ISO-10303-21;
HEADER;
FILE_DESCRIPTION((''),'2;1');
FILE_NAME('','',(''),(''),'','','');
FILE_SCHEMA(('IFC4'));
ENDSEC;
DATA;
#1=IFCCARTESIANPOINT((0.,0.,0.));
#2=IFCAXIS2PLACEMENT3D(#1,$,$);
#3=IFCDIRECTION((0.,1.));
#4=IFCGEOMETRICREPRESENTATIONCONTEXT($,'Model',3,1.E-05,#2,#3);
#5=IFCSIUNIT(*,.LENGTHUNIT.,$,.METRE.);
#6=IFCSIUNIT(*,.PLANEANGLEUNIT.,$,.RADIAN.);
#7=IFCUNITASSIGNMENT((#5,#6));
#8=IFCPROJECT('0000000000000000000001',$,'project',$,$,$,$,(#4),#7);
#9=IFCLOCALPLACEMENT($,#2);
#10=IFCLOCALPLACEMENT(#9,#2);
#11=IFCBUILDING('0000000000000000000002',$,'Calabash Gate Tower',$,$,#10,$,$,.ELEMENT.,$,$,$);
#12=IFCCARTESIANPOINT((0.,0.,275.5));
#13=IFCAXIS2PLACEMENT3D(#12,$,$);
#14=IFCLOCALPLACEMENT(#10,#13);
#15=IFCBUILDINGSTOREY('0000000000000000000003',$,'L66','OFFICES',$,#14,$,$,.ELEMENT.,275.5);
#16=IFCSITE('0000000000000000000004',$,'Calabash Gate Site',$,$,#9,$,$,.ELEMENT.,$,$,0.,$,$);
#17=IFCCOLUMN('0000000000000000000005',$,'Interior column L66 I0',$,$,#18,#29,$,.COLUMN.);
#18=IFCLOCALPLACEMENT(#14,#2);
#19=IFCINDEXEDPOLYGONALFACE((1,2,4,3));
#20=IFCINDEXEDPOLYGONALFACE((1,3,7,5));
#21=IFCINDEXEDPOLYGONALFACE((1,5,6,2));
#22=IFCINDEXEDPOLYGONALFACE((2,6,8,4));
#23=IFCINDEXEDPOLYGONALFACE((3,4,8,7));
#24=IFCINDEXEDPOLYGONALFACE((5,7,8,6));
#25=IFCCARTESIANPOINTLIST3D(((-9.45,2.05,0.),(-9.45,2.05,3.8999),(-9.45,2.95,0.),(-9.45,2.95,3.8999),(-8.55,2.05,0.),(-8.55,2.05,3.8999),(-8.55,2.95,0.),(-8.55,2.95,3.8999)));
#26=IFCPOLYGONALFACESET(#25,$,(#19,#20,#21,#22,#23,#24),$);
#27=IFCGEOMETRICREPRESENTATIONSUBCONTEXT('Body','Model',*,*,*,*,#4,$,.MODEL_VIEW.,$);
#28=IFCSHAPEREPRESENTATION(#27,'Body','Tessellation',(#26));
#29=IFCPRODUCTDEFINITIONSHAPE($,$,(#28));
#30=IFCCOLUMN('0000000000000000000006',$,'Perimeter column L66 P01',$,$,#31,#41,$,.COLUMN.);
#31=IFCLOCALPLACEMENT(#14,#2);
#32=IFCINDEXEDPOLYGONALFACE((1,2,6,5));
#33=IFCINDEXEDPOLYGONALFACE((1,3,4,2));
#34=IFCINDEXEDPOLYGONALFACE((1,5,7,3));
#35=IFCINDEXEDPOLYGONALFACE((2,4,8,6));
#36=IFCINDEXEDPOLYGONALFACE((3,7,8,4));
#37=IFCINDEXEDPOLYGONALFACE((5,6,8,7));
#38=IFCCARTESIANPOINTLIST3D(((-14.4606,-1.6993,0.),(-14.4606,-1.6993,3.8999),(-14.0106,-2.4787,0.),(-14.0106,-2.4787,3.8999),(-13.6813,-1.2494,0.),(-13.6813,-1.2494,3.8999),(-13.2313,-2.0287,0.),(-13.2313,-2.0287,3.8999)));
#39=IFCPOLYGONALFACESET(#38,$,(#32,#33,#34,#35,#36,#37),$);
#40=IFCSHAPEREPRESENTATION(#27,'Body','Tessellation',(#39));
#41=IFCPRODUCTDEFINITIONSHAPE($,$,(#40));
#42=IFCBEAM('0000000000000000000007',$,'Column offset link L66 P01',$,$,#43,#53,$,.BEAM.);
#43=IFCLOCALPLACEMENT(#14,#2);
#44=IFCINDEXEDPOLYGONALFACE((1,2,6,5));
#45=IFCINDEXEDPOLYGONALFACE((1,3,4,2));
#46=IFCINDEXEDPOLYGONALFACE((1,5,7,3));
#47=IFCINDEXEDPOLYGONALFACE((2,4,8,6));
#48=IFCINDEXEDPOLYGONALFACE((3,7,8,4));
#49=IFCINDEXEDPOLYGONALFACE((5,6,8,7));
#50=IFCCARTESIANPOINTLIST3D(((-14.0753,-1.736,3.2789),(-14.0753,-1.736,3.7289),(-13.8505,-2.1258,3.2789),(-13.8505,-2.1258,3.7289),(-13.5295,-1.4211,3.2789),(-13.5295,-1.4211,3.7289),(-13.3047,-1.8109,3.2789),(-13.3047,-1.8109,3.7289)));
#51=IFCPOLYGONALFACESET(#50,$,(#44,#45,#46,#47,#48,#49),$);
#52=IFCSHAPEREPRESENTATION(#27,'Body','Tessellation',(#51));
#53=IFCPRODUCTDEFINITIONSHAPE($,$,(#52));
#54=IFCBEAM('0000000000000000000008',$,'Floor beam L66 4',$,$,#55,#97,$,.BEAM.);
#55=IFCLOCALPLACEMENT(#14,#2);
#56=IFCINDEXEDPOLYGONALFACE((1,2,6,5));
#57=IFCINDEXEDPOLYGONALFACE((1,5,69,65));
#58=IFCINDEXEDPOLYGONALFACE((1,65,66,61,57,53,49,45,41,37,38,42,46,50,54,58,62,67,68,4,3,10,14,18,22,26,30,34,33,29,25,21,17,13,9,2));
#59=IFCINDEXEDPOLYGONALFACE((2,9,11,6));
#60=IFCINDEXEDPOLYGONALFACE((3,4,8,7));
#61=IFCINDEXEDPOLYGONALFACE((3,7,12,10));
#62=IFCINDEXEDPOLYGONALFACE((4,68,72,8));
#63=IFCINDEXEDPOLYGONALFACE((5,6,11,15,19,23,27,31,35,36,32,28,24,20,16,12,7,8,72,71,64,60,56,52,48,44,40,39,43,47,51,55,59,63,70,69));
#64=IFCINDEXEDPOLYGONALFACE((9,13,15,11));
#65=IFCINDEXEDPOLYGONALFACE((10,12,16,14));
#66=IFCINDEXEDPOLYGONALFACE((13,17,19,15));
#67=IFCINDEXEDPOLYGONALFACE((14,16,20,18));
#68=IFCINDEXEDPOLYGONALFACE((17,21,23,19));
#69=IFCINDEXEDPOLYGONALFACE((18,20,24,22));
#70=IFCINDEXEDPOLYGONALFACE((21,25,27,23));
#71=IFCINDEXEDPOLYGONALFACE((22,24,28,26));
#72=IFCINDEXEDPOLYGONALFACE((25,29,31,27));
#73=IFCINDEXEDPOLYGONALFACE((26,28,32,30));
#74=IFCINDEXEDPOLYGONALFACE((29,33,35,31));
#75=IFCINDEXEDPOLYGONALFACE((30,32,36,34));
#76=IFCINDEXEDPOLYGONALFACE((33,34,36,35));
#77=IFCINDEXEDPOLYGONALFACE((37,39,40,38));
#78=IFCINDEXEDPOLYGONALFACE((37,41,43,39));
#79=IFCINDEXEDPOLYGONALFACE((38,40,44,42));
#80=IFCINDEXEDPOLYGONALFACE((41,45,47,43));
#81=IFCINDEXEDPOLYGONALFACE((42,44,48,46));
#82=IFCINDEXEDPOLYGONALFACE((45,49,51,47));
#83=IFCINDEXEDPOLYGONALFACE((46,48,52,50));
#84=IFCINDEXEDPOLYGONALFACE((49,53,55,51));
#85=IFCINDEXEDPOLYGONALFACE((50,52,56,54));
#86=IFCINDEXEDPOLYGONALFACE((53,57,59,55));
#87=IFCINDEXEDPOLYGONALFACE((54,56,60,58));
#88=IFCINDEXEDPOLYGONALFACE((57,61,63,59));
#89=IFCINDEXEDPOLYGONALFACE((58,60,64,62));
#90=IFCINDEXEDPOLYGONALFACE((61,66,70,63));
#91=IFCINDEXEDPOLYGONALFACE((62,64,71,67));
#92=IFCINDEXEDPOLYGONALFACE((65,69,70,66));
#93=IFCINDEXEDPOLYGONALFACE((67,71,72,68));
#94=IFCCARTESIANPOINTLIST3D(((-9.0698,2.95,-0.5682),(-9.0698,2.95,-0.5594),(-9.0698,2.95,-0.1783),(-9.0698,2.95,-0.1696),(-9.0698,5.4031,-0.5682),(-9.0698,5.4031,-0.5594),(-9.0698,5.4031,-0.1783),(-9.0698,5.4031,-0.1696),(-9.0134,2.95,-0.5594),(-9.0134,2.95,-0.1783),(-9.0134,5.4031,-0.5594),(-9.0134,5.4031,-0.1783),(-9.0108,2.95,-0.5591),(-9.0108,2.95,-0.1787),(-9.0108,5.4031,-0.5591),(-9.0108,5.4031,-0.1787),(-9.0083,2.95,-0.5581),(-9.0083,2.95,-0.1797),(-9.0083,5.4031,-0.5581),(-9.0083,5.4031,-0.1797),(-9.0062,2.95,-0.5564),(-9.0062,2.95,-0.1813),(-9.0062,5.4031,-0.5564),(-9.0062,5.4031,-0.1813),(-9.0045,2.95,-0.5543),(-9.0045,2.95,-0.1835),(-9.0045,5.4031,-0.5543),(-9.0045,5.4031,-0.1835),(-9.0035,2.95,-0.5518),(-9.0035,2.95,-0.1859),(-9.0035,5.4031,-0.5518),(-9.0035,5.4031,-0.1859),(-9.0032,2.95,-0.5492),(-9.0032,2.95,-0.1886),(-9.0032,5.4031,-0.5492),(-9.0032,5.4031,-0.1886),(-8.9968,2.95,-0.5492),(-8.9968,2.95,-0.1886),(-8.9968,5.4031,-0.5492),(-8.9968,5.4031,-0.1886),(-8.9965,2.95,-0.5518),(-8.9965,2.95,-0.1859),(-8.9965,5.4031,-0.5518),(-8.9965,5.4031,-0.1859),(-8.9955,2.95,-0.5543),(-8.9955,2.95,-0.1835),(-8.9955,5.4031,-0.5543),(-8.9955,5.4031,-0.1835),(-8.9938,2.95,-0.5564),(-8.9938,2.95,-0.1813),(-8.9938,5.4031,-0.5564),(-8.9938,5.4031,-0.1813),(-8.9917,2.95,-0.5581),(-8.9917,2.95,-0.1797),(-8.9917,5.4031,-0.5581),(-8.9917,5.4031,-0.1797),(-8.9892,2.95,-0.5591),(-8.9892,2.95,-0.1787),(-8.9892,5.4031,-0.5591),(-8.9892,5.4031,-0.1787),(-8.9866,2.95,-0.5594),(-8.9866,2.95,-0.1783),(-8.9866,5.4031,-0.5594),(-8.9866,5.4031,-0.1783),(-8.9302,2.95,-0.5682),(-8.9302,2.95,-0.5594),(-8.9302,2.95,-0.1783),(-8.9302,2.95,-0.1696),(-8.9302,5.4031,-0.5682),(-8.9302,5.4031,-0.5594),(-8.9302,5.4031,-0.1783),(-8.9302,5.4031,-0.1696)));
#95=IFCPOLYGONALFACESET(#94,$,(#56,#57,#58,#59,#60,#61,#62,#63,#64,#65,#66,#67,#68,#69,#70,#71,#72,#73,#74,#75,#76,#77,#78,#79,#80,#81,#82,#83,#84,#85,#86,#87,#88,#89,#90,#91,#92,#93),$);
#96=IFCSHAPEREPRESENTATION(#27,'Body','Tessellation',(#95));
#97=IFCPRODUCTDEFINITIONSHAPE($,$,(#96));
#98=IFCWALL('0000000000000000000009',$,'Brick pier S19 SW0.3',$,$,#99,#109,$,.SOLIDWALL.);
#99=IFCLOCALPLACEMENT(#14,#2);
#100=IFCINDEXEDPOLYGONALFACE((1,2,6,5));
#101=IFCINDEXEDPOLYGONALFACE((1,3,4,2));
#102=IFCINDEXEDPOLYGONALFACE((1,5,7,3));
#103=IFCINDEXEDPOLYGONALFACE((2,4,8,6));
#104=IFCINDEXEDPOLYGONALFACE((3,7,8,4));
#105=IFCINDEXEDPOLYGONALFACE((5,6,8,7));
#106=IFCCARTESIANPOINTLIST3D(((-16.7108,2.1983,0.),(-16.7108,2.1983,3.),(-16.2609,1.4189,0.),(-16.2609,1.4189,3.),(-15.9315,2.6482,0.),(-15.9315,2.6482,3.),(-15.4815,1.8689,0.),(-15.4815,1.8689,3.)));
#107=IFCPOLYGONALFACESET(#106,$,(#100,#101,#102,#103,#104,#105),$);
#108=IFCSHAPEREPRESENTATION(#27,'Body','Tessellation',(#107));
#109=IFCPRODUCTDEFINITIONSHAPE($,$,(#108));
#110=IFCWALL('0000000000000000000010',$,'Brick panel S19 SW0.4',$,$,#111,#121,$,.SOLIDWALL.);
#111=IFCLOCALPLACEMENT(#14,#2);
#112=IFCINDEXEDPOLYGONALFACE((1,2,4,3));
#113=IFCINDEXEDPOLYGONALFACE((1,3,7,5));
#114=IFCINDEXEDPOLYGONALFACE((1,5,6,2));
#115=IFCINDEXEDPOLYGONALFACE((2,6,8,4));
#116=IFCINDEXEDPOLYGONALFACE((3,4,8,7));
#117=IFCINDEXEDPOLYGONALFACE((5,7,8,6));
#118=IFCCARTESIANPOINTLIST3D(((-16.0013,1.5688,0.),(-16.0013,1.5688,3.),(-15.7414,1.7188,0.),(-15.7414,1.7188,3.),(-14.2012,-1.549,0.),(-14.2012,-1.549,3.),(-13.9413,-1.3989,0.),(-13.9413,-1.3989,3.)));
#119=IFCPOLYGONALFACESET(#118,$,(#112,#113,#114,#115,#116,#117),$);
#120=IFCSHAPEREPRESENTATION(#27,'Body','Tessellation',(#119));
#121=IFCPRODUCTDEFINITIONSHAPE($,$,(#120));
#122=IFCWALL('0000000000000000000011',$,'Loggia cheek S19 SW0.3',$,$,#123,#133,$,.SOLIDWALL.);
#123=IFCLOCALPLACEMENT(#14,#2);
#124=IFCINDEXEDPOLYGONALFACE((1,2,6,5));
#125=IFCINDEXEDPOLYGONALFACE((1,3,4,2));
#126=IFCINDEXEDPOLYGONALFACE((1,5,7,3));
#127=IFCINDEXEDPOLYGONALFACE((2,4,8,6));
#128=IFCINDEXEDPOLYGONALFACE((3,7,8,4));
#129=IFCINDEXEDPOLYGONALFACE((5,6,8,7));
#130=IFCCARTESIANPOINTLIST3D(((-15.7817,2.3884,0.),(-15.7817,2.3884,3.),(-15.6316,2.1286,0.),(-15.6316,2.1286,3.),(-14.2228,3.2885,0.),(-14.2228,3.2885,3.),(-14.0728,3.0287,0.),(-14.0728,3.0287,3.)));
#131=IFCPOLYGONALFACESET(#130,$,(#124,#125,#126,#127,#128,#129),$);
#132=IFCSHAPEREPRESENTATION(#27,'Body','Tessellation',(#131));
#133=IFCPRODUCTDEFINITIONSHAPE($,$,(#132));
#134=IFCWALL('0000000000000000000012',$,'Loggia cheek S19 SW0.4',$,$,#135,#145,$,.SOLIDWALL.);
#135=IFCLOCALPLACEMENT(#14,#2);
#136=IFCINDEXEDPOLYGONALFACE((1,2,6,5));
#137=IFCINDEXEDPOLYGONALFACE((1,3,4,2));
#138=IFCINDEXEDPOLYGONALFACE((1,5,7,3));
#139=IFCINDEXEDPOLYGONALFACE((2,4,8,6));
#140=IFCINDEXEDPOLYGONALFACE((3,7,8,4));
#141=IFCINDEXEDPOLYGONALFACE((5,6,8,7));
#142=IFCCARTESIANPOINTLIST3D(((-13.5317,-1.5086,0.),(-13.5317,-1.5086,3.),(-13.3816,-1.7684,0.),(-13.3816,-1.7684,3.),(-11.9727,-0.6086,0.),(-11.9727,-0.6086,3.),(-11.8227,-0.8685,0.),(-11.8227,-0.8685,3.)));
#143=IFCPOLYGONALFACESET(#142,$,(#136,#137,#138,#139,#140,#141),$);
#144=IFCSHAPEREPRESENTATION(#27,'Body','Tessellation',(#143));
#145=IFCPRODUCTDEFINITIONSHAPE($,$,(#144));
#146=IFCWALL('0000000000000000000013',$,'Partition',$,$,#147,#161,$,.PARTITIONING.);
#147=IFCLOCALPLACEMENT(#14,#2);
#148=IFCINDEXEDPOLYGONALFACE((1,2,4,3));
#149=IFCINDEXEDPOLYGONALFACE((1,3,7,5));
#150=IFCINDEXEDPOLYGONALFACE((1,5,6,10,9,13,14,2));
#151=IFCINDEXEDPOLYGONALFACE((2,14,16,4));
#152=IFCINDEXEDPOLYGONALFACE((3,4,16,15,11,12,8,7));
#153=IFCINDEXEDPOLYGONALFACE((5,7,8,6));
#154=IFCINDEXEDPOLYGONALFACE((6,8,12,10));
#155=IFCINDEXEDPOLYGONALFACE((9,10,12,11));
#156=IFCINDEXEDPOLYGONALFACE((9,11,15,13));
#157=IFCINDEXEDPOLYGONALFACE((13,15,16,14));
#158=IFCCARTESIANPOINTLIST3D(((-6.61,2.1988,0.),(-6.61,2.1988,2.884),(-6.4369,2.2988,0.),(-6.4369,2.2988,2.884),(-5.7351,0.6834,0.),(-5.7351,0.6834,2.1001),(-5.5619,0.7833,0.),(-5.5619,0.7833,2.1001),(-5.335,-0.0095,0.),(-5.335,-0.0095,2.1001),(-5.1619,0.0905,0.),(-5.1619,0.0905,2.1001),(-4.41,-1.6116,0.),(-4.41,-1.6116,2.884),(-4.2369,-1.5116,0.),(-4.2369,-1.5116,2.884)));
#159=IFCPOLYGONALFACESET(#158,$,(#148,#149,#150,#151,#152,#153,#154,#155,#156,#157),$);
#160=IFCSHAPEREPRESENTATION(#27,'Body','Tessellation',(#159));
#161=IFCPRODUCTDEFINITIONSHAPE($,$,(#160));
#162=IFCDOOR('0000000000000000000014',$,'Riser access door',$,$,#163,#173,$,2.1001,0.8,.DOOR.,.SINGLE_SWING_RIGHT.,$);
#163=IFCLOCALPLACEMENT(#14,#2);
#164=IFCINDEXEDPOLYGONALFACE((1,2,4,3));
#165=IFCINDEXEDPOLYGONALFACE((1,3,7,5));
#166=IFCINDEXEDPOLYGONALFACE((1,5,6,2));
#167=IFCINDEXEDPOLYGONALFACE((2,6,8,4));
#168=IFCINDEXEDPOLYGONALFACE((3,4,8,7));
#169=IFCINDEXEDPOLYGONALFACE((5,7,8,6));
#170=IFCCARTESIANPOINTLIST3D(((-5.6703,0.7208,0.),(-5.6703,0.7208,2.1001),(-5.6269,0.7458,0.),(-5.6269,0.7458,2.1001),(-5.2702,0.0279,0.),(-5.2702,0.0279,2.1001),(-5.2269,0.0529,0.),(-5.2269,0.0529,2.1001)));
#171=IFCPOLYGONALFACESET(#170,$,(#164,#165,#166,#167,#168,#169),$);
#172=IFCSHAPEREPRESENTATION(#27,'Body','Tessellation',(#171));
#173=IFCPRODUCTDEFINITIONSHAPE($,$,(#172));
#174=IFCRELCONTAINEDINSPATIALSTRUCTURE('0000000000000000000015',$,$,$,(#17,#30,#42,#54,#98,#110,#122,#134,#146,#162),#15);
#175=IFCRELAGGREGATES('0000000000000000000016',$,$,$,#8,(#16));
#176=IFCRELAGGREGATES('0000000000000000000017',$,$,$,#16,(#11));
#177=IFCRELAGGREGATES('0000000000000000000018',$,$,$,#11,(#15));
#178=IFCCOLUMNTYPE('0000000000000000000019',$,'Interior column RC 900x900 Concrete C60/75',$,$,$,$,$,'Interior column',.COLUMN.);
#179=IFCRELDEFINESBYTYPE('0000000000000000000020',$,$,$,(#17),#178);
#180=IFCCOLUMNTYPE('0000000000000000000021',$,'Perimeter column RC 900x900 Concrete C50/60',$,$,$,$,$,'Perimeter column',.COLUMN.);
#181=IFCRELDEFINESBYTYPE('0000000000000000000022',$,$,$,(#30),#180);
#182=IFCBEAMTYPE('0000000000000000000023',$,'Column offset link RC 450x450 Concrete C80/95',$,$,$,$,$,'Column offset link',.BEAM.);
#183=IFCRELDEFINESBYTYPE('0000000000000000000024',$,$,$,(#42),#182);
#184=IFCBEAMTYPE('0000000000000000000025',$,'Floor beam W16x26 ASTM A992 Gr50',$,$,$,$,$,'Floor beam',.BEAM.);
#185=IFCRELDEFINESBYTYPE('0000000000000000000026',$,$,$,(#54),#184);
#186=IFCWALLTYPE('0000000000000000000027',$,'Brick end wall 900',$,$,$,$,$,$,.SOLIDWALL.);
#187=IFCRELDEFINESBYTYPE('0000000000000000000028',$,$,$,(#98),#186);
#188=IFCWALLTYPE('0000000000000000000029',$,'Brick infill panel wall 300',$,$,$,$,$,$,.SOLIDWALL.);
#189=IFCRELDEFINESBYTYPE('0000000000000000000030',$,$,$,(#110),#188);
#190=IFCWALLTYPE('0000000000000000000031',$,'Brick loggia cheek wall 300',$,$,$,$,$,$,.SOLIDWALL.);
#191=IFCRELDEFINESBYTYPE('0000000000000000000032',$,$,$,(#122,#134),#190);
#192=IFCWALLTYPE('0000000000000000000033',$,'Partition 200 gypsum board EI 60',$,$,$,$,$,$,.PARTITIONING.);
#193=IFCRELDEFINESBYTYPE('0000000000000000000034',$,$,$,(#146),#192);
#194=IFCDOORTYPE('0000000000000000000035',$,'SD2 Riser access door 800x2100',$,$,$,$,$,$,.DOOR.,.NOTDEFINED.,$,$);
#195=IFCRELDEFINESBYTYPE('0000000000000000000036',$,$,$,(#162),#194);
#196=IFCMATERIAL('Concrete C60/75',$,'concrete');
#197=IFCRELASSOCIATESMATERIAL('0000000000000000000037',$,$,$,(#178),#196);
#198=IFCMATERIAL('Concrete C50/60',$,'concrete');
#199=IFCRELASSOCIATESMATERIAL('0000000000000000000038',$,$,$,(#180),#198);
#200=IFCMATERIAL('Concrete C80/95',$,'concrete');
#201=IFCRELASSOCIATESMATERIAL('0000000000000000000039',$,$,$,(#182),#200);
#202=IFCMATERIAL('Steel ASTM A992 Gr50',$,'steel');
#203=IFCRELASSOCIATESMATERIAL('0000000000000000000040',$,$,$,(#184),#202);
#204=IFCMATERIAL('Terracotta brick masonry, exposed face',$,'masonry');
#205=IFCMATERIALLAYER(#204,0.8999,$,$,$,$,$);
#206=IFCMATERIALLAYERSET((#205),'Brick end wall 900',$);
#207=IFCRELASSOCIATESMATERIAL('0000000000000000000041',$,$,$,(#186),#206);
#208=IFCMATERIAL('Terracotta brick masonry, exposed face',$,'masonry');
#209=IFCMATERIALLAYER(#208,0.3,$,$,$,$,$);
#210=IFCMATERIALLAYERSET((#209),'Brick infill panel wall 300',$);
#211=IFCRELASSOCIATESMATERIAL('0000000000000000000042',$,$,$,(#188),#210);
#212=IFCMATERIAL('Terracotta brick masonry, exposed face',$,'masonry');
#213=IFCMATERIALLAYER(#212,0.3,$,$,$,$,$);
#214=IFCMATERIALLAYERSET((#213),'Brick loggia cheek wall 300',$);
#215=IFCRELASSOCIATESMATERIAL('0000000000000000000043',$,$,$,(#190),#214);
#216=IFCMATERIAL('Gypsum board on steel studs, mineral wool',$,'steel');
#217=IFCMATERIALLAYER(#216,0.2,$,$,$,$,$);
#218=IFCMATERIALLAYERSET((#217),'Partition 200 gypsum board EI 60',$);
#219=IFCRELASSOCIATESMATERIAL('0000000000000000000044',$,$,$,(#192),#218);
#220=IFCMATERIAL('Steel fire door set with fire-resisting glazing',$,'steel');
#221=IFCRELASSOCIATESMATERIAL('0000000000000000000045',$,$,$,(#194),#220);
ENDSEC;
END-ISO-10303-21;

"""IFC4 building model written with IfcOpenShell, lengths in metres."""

from ifc_helpers import new_model, si_unit, direction, frame, frame_2d, origin, origin_2d, place, context, subcontext, project, spatial, rectangle, i_section, extrude, material, layer, layer_set, material_profile, profile_set, type_object, element, fill, save


model = new_model("IFC4")

# Units and contexts
model_context = context("Model", 3, precision=1e-05, world=origin(), true_north=direction((0.0, 1.0)))
body_context = subcontext(model_context, "Body", "Model", "MODEL_VIEW")
ifc_project = project(units=[si_unit("LENGTHUNIT", "METRE"), si_unit("PLANEANGLEUNIT", "RADIAN")], contexts=[model_context])

# Site, building, storey
site_placement = place(None, origin())
site = spatial("IfcSite", under=ifc_project, at=site_placement, Name="Calabash Gate Site", CompositionType="ELEMENT", RefElevation=0.0)
building_placement = place(site_placement, origin())
building = spatial("IfcBuilding", under=site, at=building_placement, Name="Calabash Gate Tower", CompositionType="ELEMENT")
storey_placement = place(building_placement, frame((0.0, 0.0, 275.5)))
storey = spatial("IfcBuildingStorey", under=building, at=storey_placement, Name="L66", Description="OFFICES", CompositionType="ELEMENT", Elevation=275.5)

# Columns
ifc_material_1 = material(Name="Concrete C60/75", Category="concrete")
ifc_material_profile_1 = material_profile(ifc_material_1, rectangle(XDim=0.8999, YDim=0.8999, at=origin_2d()))
ifc_profile_set_1 = profile_set([ifc_material_profile_1], Name="Concrete C60/75")
column_type_1 = type_object("IfcColumnType", Name="Interior column RC 900x900 Concrete C60/75", ElementType="Interior column", PredefinedType="COLUMN", material=ifc_profile_set_1)
column_1_placement = place(storey_placement, frame((-9.0, 2.5, 0.0), z_axis=(0.0, 0.0, 1.0), x_axis=(1.0, 0.0, 0.0)))
element("IfcColumn", 1, at=column_1_placement, inside=storey, type_object=column_type_1, Name="Interior column L66 I0", PredefinedType="COLUMN", context=body_context, shape_type="SweptSolid", body=[
    extrude(rectangle(XDim=0.8999, YDim=0.8999, at=origin_2d()), origin(), (0.0, 0.0, 1.0), 3.8999),
])
ifc_material_2 = material(Name="Concrete C50/60", Category="concrete")
ifc_material_profile_2 = material_profile(ifc_material_2, rectangle(XDim=0.8999, YDim=0.8999, at=origin_2d()))
ifc_profile_set_2 = profile_set([ifc_material_profile_2], Name="Concrete C50/60")
column_type_2 = type_object("IfcColumnType", Name="Perimeter column RC 900x900 Concrete C50/60", ElementType="Perimeter column", PredefinedType="COLUMN", material=ifc_profile_set_2)
column_2_placement = place(storey_placement, frame((-13.8459, -1.864, 0.0), z_axis=(0.0, 0.0, 1.0), x_axis=(0.5, -0.866025, 0.0)))
element("IfcColumn", 2, at=column_2_placement, inside=storey, type_object=column_type_2, Name="Perimeter column L66 P01", PredefinedType="COLUMN", context=body_context, shape_type="SweptSolid", body=[
    extrude(rectangle(XDim=0.8999, YDim=0.8999, at=origin_2d()), origin(), (0.0, 0.0, 1.0), 3.8999),
])

# Beams
ifc_material_3 = material(Name="Concrete C80/95", Category="concrete")
ifc_material_profile_3 = material_profile(ifc_material_3, rectangle(XDim=0.45, YDim=0.45, at=origin_2d()))
ifc_profile_set_3 = profile_set([ifc_material_profile_3], Name="Concrete C80/95")
beam_type_1 = type_object("IfcBeamType", Name="Column offset link RC 450x450 Concrete C80/95", ElementType="Column offset link", PredefinedType="BEAM", material=ifc_profile_set_3)
beam_1_placement = place(storey_placement, frame((-13.9629, -1.9309, 3.5039), z_axis=(0.866186, 0.499722, 0.0), x_axis=(-0.499722, 0.866186, 0.0)))
element("IfcBeam", 3, at=beam_1_placement, inside=storey, type_object=beam_type_1, Name="Column offset link L66 P01", PredefinedType="BEAM", context=body_context, shape_type="SweptSolid", body=[
    extrude(rectangle(XDim=0.45, YDim=0.45, at=origin_2d()), origin(), (0.0, 0.0, 1.0), 0.6301),
])
ifc_material_4 = material(Name="Steel ASTM A992 Gr50", Category="steel")
ifc_material_profile_4 = material_profile(ifc_material_4, i_section(OverallWidth=0.1396, OverallDepth=0.3987, WebThickness=0.0063, FlangeThickness=0.0088, FilletRadius=0.0103, at=origin_2d()))
ifc_profile_set_4 = profile_set([ifc_material_profile_4], Name="Steel ASTM A992 Gr50")
beam_type_2 = type_object("IfcBeamType", Name="Floor beam W16x26 ASTM A992 Gr50", ElementType="Floor beam", PredefinedType="BEAM", material=ifc_profile_set_4)
beam_2_placement = place(storey_placement, frame((-9.0, 2.95, -0.3689), z_axis=(0.0, 1.0, 0.0), x_axis=(-1.0, 0.0, 0.0)))
element("IfcBeam", 4, at=beam_2_placement, inside=storey, type_object=beam_type_2, Name="Floor beam L66 4", PredefinedType="BEAM", context=body_context, shape_type="SweptSolid", body=[
    extrude(i_section(OverallWidth=0.1396, OverallDepth=0.3987, WebThickness=0.0063, FlangeThickness=0.0088, FilletRadius=0.0103, at=origin_2d()), origin(), (0.0, 0.0, 1.0), 2.4531),
])

# Walls
ifc_material_5 = material(Name="Terracotta brick masonry, exposed face", Category="masonry")
ifc_layer_1 = layer(ifc_material_5, 0.8999)
ifc_layer_set_1 = layer_set([ifc_layer_1], Name="Brick end wall 900")
wall_type_1 = type_object("IfcWallType", Name="Brick end wall 900", PredefinedType="SOLIDWALL", material=ifc_layer_set_1)
wall_1_placement = place(storey_placement, frame((-16.4858, 1.8086, 0.0), z_axis=(0.0, 0.0, 1.0), x_axis=(0.866014, 0.50002, 0.0)))
element("IfcWall", 5, at=wall_1_placement, inside=storey, type_object=wall_type_1, Name="Brick pier S19 SW0.3", PredefinedType="SOLIDWALL", context=body_context, shape_type="SweptSolid", body=[
    extrude(rectangle(XDim=0.8999, YDim=0.8999, at=frame_2d((0.45, 0.0))), origin(), (0.0, 0.0, 1.0), 3.0),
])
ifc_material_6 = material(Name="Terracotta brick masonry, exposed face", Category="masonry")
ifc_layer_2 = layer(ifc_material_6, 0.3)
ifc_layer_set_2 = layer_set([ifc_layer_2], Name="Brick infill panel wall 300")
wall_type_2 = type_object("IfcWallType", Name="Brick infill panel wall 300", PredefinedType="SOLIDWALL", material=ifc_layer_set_2)
wall_2_placement = place(storey_placement, frame((-15.8713, 1.6438, 0.0), z_axis=(0.0, 0.0, 1.0), x_axis=(0.500012, -0.866018, 0.0)))
element("IfcWall", 6, at=wall_2_placement, inside=storey, type_object=wall_type_2, Name="Brick panel S19 SW0.4", PredefinedType="SOLIDWALL", context=body_context, shape_type="SweptSolid", body=[
    extrude(rectangle(XDim=3.6001, YDim=0.3, at=frame_2d((1.8, 0.0))), origin(), (0.0, 0.0, 1.0), 3.0),
])
ifc_material_7 = material(Name="Terracotta brick masonry, exposed face", Category="masonry")
ifc_layer_3 = layer(ifc_material_7, 0.3)
ifc_layer_set_3 = layer_set([ifc_layer_3], Name="Brick loggia cheek wall 300")
wall_type_3 = type_object("IfcWallType", Name="Brick loggia cheek wall 300", PredefinedType="SOLIDWALL", material=ifc_layer_set_3)
for number, where, z_axis, x_axis, name in (
    (7, (-15.7065, 2.2585, 0.0), (0.0, 0.0, 1.0), (0.865989, 0.500063, 0.0), "Loggia cheek S19 SW0.3"),
    (8, (-13.4565, -1.6384, 0.0), (0.0, 0.0, 1.0), (0.866048, 0.499961, 0.0), "Loggia cheek S19 SW0.4"),
):
    element("IfcWall", number, at=place(storey_placement, frame(where, z_axis=z_axis, x_axis=x_axis)), inside=storey, type_object=wall_type_3, Name=name, PredefinedType="SOLIDWALL", context=body_context, shape_type="SweptSolid", body=[
        extrude(rectangle(XDim=1.8, YDim=0.3, at=frame_2d((0.8999, 0.0))), origin(), (0.0, 0.0, 1.0), 3.0),
    ])

# Wall, opening, door
ifc_material_8 = material(Name="Gypsum board on steel studs, mineral wool", Category="steel")
ifc_layer_4 = layer(ifc_material_8, 0.2)
ifc_layer_set_4 = layer_set([ifc_layer_4], Name="Partition 200 gypsum board EI 60")
wall_type_4 = type_object("IfcWallType", Name="Partition 200 gypsum board EI 60", PredefinedType="PARTITIONING", material=ifc_layer_set_4)
wall_3_placement = place(storey_placement, frame((-6.5234, 2.2488, 0.0), z_axis=(0.0, 0.0, 1.0), x_axis=(0.500012, -0.866018, 0.0)))
wall_3 = element("IfcWall", 9, at=wall_3_placement, inside=storey, type_object=wall_type_4, Name="Partition", PredefinedType="PARTITIONING", context=body_context, shape_type="SweptSolid", body=[
    extrude(rectangle(XDim=4.3999, YDim=0.2, at=frame_2d((2.2, 0.0))), origin(), (0.0, 0.0, 1.0), 2.884),
])
opening_1_placement = place(wall_3_placement, frame((1.75, 0.0, 0.0)))
opening_1 = element("IfcOpeningElement", 10, at=opening_1_placement, cuts=wall_3, PredefinedType="OPENING", context=body_context, shape_type="SweptSolid", body=[
    extrude(rectangle(XDim=0.8, YDim=2.1001, at=frame_2d((0.3999, 1.05))), frame((0.0, 0.1099, 0.0), z_axis=(0.0, -1.0, 0.0), x_axis=(1.0, 0.0, 0.0)), (0.0, 0.0, 1.0), 0.22),
])
ifc_material_9 = material(Name="Steel fire door set with fire-resisting glazing", Category="steel")
door_type_1 = type_object("IfcDoorType", Name="SD2 Riser access door 800x2100", OperationType="NOTDEFINED", PredefinedType="DOOR", material=ifc_material_9)
door_1_placement = place(opening_1_placement, origin())
door_1 = element("IfcDoor", 11, at=door_1_placement, inside=storey, type_object=door_type_1, Name="Riser access door", OperationType="SINGLE_SWING_RIGHT", OverallHeight=2.1001, OverallWidth=0.8, PredefinedType="DOOR", context=body_context, shape_type="SweptSolid", body=[
    extrude(rectangle(XDim=0.8, YDim=2.1001, at=frame_2d((0.3999, 1.05))), frame((0.0, 0.0249, 0.0), z_axis=(0.0, -1.0, 0.0), x_axis=(1.0, 0.0, 0.0)), (0.0, 0.0, 1.0), 0.05),
])
fill(opening_1, door_1)

save(model, "model.ifc")
